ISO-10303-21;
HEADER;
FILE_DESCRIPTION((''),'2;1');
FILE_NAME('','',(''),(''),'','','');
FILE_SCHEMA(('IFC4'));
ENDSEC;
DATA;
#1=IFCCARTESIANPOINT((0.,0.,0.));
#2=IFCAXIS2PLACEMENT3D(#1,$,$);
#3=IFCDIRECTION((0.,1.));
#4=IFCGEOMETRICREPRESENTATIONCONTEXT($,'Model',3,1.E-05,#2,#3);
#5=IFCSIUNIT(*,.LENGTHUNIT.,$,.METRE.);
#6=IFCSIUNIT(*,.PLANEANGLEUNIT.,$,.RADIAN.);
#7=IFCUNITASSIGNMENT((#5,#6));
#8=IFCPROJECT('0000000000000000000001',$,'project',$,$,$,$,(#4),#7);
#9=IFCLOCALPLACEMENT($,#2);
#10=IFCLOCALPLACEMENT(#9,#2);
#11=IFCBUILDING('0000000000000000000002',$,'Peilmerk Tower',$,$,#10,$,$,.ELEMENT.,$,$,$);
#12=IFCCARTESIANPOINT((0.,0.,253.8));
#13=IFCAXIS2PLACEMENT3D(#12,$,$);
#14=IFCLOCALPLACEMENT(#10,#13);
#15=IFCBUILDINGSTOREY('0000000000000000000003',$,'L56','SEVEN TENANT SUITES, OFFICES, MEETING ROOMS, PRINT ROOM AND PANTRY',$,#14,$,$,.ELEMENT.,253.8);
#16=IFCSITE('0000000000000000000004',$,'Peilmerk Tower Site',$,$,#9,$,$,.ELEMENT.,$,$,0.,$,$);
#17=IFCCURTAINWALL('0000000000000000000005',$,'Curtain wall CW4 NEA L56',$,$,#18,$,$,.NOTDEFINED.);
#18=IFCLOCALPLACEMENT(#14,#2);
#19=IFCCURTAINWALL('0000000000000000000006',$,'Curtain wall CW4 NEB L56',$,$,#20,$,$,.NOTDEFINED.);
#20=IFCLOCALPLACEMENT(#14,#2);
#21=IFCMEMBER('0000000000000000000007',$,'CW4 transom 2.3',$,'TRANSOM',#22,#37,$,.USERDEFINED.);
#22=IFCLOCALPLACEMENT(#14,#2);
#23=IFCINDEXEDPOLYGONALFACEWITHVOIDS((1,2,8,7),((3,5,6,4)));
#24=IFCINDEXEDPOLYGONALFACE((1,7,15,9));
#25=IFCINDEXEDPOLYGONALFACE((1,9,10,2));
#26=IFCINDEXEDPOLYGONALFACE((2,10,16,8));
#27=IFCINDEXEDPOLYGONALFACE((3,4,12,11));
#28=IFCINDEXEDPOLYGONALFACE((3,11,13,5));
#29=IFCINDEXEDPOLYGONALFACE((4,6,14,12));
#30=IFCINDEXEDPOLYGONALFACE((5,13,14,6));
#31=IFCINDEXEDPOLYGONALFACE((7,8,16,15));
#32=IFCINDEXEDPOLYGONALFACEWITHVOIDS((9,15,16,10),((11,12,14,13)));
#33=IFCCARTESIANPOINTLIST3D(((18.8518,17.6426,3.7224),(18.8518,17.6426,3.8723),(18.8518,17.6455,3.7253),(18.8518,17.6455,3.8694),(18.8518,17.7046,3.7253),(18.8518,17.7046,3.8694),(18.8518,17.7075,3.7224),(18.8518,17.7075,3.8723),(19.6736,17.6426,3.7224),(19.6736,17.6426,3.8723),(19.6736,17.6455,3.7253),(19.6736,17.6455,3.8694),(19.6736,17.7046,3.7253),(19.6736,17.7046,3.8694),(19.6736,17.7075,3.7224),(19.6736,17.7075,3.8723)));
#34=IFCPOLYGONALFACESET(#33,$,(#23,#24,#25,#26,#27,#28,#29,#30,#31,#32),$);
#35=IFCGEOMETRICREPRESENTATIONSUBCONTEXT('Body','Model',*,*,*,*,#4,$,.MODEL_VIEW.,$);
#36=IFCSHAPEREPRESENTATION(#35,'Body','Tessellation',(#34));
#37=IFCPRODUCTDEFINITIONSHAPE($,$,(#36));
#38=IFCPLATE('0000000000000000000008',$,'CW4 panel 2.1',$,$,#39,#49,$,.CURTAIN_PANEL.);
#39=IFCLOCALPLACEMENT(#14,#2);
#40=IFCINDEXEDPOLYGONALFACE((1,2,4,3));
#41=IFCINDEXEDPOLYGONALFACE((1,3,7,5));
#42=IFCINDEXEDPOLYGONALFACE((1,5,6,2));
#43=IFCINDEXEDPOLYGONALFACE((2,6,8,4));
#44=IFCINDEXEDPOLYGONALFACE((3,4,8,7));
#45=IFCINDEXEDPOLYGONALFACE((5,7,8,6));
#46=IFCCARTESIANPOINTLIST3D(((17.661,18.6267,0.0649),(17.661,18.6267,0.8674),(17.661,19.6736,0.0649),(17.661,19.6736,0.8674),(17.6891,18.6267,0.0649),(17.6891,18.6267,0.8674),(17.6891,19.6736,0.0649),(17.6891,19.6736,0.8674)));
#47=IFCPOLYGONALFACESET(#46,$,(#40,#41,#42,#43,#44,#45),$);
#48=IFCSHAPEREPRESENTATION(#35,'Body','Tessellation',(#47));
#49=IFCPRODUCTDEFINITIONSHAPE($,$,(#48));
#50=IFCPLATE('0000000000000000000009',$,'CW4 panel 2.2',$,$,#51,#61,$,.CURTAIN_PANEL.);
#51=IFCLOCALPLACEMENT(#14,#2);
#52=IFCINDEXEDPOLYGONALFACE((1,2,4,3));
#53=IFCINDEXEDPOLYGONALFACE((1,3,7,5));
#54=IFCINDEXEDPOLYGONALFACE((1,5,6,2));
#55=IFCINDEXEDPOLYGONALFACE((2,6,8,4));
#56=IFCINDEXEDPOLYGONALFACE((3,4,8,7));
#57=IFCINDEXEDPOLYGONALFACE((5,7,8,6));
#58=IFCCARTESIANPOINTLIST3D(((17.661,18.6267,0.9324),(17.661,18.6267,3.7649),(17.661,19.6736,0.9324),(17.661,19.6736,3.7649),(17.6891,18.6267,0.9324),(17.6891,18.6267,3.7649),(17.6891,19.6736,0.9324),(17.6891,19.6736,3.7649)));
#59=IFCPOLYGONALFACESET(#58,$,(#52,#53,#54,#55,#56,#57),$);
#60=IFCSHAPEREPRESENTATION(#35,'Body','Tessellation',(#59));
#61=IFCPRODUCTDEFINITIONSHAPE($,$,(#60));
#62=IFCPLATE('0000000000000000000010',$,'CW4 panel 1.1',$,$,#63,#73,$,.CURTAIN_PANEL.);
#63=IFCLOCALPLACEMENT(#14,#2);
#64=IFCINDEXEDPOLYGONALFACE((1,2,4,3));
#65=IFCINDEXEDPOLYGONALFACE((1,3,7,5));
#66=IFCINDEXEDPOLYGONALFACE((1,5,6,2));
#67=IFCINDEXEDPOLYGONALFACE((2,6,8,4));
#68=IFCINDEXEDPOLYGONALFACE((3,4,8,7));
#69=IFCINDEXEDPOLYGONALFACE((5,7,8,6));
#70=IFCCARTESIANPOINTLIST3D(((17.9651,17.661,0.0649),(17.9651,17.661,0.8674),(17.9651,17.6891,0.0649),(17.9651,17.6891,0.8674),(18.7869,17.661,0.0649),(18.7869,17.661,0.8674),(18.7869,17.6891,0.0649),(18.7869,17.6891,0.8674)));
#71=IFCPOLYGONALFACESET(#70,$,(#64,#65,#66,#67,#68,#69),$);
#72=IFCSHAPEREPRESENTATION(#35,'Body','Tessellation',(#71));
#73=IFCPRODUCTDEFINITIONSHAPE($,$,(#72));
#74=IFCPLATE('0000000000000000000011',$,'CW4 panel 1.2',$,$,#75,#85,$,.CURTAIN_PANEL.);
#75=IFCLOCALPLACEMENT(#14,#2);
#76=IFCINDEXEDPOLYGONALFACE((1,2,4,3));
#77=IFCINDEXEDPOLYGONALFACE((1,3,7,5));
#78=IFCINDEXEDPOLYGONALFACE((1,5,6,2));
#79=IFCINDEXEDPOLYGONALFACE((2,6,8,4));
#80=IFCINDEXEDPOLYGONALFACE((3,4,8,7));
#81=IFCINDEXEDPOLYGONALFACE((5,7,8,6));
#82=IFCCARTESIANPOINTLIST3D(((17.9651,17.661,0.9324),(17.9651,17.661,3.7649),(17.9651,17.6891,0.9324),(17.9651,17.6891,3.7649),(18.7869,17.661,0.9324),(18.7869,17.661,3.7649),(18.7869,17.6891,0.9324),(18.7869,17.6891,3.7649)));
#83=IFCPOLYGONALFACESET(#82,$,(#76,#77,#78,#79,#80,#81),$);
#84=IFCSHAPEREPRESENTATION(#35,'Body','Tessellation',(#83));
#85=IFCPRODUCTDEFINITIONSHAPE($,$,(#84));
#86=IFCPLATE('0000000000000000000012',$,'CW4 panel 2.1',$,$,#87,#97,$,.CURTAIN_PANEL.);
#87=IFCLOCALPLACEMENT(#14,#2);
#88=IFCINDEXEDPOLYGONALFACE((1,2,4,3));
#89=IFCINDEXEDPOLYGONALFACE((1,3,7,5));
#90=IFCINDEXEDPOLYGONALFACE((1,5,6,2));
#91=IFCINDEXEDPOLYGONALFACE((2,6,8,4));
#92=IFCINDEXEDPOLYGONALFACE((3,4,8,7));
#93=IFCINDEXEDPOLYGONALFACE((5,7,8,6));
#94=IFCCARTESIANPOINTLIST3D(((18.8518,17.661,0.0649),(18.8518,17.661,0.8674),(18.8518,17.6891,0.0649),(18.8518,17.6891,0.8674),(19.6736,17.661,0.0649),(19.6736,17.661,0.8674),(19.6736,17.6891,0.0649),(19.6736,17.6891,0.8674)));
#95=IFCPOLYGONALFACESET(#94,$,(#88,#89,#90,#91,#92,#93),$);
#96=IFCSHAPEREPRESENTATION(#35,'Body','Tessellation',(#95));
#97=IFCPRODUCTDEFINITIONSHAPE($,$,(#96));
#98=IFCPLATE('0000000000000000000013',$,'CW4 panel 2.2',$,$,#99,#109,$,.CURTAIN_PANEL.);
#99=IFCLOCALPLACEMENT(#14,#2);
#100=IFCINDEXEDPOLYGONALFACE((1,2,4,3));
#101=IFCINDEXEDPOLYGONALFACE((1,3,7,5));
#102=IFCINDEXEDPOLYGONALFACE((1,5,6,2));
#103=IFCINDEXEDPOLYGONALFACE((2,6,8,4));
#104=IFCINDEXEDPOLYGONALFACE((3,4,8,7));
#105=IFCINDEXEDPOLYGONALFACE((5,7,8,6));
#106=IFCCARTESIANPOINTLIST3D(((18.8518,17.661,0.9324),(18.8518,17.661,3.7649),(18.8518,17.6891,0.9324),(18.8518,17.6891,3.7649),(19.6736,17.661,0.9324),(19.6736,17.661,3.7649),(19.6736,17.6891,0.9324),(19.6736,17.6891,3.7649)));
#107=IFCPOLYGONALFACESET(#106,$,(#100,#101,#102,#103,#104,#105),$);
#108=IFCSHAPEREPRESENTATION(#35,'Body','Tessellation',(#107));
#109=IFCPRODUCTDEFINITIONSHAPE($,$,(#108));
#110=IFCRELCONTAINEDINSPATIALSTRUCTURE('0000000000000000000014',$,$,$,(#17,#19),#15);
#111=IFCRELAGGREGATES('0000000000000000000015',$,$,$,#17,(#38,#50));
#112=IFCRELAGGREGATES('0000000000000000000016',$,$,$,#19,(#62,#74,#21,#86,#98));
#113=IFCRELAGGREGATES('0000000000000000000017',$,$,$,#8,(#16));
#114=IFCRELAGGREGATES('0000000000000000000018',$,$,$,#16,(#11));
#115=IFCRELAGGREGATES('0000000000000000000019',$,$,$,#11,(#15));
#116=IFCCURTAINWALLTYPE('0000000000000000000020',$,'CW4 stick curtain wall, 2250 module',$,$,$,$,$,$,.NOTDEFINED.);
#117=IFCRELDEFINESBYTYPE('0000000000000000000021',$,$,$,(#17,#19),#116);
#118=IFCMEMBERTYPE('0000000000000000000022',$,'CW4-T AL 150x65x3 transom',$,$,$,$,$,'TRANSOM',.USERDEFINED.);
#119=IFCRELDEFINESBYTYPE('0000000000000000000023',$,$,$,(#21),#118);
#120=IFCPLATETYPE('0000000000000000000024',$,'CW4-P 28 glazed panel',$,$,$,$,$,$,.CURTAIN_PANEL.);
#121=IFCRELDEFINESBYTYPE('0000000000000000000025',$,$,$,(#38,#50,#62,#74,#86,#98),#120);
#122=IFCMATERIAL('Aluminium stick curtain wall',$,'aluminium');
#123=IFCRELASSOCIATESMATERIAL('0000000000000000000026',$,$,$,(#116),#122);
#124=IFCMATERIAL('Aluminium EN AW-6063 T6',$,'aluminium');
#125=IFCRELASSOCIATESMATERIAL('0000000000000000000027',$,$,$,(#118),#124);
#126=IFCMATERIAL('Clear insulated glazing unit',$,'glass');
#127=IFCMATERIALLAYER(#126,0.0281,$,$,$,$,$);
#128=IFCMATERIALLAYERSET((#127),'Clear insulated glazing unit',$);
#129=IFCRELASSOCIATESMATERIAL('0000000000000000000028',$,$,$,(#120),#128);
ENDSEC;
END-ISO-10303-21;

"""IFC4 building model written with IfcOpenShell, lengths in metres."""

from ifc_helpers import new_model, si_unit, direction, frame, origin, origin_2d, place, context, subcontext, project, spatial, rectangle, hollow_rectangle, extrude, material, layer, layer_set, material_profile, profile_set, type_object, element, aggregate, save


model = new_model("IFC4")

# Units and contexts
model_context = context("Model", 3, precision=1e-05, world=origin(), true_north=direction((0.0, 1.0)))
body_context = subcontext(model_context, "Body", "Model", "MODEL_VIEW")
ifc_project = project(units=[si_unit("LENGTHUNIT", "METRE"), si_unit("PLANEANGLEUNIT", "RADIAN")], contexts=[model_context])

# Site, building, storey
site_placement = place(None, origin())
site = spatial("IfcSite", under=ifc_project, at=site_placement, Name="Peilmerk Tower Site", CompositionType="ELEMENT", RefElevation=0.0)
building_placement = place(site_placement, origin())
building = spatial("IfcBuilding", under=site, at=building_placement, Name="Peilmerk Tower", CompositionType="ELEMENT")
storey_placement = place(building_placement, frame((0.0, 0.0, 253.8)))
storey = spatial("IfcBuildingStorey", under=building, at=storey_placement, Name="L56", Description="SEVEN TENANT SUITES, OFFICES, MEETING ROOMS, PRINT ROOM AND PANTRY", CompositionType="ELEMENT", Elevation=253.8)

# Curtain wall
ifc_material_1 = material(Name="Aluminium stick curtain wall", Category="aluminium")
curtain_wall_type = type_object("IfcCurtainWallType", Name="CW4 stick curtain wall, 2250 module", PredefinedType="NOTDEFINED", material=ifc_material_1)
curtain_wall_1_placement = place(storey_placement, origin())
curtain_wall_1 = element("IfcCurtainWall", 1, at=curtain_wall_1_placement, inside=storey, type_object=curtain_wall_type, Name="Curtain wall CW4 NEA L56", PredefinedType="NOTDEFINED")
ifc_material_2 = material(Name="Aluminium EN AW-6063 T6", Category="aluminium")

# Curtain wall
curtain_wall_2_placement = place(storey_placement, origin())
curtain_wall_2 = element("IfcCurtainWall", 2, at=curtain_wall_2_placement, inside=storey, type_object=curtain_wall_type, Name="Curtain wall CW4 NEB L56", PredefinedType="NOTDEFINED")

# Member
ifc_material_profile_1 = material_profile(ifc_material_2, hollow_rectangle(XDim=0.0649, YDim=0.1499, WallThickness=0.0029, at=origin_2d()), Name="AL 150x65x3")
ifc_profile_set_1 = profile_set([ifc_material_profile_1], Name="Aluminium EN AW-6063 T6")
member_type_1 = type_object("IfcMemberType", Name="CW4-T AL 150x65x3 transom", ElementType="TRANSOM", PredefinedType="USERDEFINED", material=ifc_profile_set_1)
member_1_placement = place(storey_placement, frame((18.8518, 17.675, 3.7974), z_axis=(1.0, 0.0, 0.0), x_axis=(0.0, 1.0, 0.0)))
member_1 = element("IfcMember", 3, at=member_1_placement, type_object=member_type_1, Name="CW4 transom 2.3", ObjectType="TRANSOM", PredefinedType="USERDEFINED", context=body_context, shape_type="SweptSolid", body=[
    extrude(hollow_rectangle(XDim=0.0649, YDim=0.1499, WallThickness=0.0029, at=origin_2d()), origin(), (0.0, 0.0, 1.0), 0.8218),
])

# Plates
ifc_material_3 = material(Name="Clear insulated glazing unit", Category="glass")
ifc_layer_1 = layer(ifc_material_3, 0.0281)
ifc_layer_set_1 = layer_set([ifc_layer_1], Name="Clear insulated glazing unit")
plate_type = type_object("IfcPlateType", Name="CW4-P 28 glazed panel", PredefinedType="CURTAIN_PANEL", material=ifc_layer_set_1)
plate_1_placement = place(storey_placement, frame((17.675, 19.1501, 0.0649), z_axis=(0.0, 0.0, 1.0), x_axis=(0.0, 1.0, 0.0)))
plate_1 = element("IfcPlate", 4, at=plate_1_placement, type_object=plate_type, Name="CW4 panel 2.1", PredefinedType="CURTAIN_PANEL", context=body_context, shape_type="SweptSolid", body=[
    extrude(rectangle(XDim=1.0469, YDim=0.0281, at=origin_2d()), origin(), (0.0, 0.0, 1.0), 0.8025),
])
plate_2_placement = place(storey_placement, frame((17.675, 19.1501, 0.9324), z_axis=(0.0, 0.0, 1.0), x_axis=(0.0, 1.0, 0.0)))
plate_2 = element("IfcPlate", 5, at=plate_2_placement, type_object=plate_type, Name="CW4 panel 2.2", PredefinedType="CURTAIN_PANEL", context=body_context, shape_type="SweptSolid", body=[
    extrude(rectangle(XDim=1.0469, YDim=0.0281, at=origin_2d()), origin(), (0.0, 0.0, 1.0), 2.8325),
])
aggregate(curtain_wall_1, [plate_1, plate_2])
plate_3_placement = place(storey_placement, frame((18.376, 17.675, 0.0649), z_axis=(0.0, 0.0, 1.0), x_axis=(1.0, 0.0, 0.0)))
plate_3 = element("IfcPlate", 6, at=plate_3_placement, type_object=plate_type, Name="CW4 panel 1.1", PredefinedType="CURTAIN_PANEL", context=body_context, shape_type="SweptSolid", body=[
    extrude(rectangle(XDim=0.8218, YDim=0.0281, at=origin_2d()), origin(), (0.0, 0.0, 1.0), 0.8025),
])
plate_4_placement = place(storey_placement, frame((18.376, 17.675, 0.9324), z_axis=(0.0, 0.0, 1.0), x_axis=(1.0, 0.0, 0.0)))
plate_4 = element("IfcPlate", 7, at=plate_4_placement, type_object=plate_type, Name="CW4 panel 1.2", PredefinedType="CURTAIN_PANEL", context=body_context, shape_type="SweptSolid", body=[
    extrude(rectangle(XDim=0.8218, YDim=0.0281, at=origin_2d()), origin(), (0.0, 0.0, 1.0), 2.8325),
])
plate_5_placement = place(storey_placement, frame((19.2627, 17.675, 0.0649), z_axis=(0.0, 0.0, 1.0), x_axis=(1.0, 0.0, 0.0)))
plate_5 = element("IfcPlate", 8, at=plate_5_placement, type_object=plate_type, Name="CW4 panel 2.1", PredefinedType="CURTAIN_PANEL", context=body_context, shape_type="SweptSolid", body=[
    extrude(rectangle(XDim=0.8218, YDim=0.0281, at=origin_2d()), origin(), (0.0, 0.0, 1.0), 0.8025),
])
plate_6_placement = place(storey_placement, frame((19.2627, 17.675, 0.9324), z_axis=(0.0, 0.0, 1.0), x_axis=(1.0, 0.0, 0.0)))
plate_6 = element("IfcPlate", 9, at=plate_6_placement, type_object=plate_type, Name="CW4 panel 2.2", PredefinedType="CURTAIN_PANEL", context=body_context, shape_type="SweptSolid", body=[
    extrude(rectangle(XDim=0.8218, YDim=0.0281, at=origin_2d()), origin(), (0.0, 0.0, 1.0), 2.8325),
])
aggregate(curtain_wall_2, [plate_3, plate_4, member_1, plate_5, plate_6])

save(model, "model.ifc")
